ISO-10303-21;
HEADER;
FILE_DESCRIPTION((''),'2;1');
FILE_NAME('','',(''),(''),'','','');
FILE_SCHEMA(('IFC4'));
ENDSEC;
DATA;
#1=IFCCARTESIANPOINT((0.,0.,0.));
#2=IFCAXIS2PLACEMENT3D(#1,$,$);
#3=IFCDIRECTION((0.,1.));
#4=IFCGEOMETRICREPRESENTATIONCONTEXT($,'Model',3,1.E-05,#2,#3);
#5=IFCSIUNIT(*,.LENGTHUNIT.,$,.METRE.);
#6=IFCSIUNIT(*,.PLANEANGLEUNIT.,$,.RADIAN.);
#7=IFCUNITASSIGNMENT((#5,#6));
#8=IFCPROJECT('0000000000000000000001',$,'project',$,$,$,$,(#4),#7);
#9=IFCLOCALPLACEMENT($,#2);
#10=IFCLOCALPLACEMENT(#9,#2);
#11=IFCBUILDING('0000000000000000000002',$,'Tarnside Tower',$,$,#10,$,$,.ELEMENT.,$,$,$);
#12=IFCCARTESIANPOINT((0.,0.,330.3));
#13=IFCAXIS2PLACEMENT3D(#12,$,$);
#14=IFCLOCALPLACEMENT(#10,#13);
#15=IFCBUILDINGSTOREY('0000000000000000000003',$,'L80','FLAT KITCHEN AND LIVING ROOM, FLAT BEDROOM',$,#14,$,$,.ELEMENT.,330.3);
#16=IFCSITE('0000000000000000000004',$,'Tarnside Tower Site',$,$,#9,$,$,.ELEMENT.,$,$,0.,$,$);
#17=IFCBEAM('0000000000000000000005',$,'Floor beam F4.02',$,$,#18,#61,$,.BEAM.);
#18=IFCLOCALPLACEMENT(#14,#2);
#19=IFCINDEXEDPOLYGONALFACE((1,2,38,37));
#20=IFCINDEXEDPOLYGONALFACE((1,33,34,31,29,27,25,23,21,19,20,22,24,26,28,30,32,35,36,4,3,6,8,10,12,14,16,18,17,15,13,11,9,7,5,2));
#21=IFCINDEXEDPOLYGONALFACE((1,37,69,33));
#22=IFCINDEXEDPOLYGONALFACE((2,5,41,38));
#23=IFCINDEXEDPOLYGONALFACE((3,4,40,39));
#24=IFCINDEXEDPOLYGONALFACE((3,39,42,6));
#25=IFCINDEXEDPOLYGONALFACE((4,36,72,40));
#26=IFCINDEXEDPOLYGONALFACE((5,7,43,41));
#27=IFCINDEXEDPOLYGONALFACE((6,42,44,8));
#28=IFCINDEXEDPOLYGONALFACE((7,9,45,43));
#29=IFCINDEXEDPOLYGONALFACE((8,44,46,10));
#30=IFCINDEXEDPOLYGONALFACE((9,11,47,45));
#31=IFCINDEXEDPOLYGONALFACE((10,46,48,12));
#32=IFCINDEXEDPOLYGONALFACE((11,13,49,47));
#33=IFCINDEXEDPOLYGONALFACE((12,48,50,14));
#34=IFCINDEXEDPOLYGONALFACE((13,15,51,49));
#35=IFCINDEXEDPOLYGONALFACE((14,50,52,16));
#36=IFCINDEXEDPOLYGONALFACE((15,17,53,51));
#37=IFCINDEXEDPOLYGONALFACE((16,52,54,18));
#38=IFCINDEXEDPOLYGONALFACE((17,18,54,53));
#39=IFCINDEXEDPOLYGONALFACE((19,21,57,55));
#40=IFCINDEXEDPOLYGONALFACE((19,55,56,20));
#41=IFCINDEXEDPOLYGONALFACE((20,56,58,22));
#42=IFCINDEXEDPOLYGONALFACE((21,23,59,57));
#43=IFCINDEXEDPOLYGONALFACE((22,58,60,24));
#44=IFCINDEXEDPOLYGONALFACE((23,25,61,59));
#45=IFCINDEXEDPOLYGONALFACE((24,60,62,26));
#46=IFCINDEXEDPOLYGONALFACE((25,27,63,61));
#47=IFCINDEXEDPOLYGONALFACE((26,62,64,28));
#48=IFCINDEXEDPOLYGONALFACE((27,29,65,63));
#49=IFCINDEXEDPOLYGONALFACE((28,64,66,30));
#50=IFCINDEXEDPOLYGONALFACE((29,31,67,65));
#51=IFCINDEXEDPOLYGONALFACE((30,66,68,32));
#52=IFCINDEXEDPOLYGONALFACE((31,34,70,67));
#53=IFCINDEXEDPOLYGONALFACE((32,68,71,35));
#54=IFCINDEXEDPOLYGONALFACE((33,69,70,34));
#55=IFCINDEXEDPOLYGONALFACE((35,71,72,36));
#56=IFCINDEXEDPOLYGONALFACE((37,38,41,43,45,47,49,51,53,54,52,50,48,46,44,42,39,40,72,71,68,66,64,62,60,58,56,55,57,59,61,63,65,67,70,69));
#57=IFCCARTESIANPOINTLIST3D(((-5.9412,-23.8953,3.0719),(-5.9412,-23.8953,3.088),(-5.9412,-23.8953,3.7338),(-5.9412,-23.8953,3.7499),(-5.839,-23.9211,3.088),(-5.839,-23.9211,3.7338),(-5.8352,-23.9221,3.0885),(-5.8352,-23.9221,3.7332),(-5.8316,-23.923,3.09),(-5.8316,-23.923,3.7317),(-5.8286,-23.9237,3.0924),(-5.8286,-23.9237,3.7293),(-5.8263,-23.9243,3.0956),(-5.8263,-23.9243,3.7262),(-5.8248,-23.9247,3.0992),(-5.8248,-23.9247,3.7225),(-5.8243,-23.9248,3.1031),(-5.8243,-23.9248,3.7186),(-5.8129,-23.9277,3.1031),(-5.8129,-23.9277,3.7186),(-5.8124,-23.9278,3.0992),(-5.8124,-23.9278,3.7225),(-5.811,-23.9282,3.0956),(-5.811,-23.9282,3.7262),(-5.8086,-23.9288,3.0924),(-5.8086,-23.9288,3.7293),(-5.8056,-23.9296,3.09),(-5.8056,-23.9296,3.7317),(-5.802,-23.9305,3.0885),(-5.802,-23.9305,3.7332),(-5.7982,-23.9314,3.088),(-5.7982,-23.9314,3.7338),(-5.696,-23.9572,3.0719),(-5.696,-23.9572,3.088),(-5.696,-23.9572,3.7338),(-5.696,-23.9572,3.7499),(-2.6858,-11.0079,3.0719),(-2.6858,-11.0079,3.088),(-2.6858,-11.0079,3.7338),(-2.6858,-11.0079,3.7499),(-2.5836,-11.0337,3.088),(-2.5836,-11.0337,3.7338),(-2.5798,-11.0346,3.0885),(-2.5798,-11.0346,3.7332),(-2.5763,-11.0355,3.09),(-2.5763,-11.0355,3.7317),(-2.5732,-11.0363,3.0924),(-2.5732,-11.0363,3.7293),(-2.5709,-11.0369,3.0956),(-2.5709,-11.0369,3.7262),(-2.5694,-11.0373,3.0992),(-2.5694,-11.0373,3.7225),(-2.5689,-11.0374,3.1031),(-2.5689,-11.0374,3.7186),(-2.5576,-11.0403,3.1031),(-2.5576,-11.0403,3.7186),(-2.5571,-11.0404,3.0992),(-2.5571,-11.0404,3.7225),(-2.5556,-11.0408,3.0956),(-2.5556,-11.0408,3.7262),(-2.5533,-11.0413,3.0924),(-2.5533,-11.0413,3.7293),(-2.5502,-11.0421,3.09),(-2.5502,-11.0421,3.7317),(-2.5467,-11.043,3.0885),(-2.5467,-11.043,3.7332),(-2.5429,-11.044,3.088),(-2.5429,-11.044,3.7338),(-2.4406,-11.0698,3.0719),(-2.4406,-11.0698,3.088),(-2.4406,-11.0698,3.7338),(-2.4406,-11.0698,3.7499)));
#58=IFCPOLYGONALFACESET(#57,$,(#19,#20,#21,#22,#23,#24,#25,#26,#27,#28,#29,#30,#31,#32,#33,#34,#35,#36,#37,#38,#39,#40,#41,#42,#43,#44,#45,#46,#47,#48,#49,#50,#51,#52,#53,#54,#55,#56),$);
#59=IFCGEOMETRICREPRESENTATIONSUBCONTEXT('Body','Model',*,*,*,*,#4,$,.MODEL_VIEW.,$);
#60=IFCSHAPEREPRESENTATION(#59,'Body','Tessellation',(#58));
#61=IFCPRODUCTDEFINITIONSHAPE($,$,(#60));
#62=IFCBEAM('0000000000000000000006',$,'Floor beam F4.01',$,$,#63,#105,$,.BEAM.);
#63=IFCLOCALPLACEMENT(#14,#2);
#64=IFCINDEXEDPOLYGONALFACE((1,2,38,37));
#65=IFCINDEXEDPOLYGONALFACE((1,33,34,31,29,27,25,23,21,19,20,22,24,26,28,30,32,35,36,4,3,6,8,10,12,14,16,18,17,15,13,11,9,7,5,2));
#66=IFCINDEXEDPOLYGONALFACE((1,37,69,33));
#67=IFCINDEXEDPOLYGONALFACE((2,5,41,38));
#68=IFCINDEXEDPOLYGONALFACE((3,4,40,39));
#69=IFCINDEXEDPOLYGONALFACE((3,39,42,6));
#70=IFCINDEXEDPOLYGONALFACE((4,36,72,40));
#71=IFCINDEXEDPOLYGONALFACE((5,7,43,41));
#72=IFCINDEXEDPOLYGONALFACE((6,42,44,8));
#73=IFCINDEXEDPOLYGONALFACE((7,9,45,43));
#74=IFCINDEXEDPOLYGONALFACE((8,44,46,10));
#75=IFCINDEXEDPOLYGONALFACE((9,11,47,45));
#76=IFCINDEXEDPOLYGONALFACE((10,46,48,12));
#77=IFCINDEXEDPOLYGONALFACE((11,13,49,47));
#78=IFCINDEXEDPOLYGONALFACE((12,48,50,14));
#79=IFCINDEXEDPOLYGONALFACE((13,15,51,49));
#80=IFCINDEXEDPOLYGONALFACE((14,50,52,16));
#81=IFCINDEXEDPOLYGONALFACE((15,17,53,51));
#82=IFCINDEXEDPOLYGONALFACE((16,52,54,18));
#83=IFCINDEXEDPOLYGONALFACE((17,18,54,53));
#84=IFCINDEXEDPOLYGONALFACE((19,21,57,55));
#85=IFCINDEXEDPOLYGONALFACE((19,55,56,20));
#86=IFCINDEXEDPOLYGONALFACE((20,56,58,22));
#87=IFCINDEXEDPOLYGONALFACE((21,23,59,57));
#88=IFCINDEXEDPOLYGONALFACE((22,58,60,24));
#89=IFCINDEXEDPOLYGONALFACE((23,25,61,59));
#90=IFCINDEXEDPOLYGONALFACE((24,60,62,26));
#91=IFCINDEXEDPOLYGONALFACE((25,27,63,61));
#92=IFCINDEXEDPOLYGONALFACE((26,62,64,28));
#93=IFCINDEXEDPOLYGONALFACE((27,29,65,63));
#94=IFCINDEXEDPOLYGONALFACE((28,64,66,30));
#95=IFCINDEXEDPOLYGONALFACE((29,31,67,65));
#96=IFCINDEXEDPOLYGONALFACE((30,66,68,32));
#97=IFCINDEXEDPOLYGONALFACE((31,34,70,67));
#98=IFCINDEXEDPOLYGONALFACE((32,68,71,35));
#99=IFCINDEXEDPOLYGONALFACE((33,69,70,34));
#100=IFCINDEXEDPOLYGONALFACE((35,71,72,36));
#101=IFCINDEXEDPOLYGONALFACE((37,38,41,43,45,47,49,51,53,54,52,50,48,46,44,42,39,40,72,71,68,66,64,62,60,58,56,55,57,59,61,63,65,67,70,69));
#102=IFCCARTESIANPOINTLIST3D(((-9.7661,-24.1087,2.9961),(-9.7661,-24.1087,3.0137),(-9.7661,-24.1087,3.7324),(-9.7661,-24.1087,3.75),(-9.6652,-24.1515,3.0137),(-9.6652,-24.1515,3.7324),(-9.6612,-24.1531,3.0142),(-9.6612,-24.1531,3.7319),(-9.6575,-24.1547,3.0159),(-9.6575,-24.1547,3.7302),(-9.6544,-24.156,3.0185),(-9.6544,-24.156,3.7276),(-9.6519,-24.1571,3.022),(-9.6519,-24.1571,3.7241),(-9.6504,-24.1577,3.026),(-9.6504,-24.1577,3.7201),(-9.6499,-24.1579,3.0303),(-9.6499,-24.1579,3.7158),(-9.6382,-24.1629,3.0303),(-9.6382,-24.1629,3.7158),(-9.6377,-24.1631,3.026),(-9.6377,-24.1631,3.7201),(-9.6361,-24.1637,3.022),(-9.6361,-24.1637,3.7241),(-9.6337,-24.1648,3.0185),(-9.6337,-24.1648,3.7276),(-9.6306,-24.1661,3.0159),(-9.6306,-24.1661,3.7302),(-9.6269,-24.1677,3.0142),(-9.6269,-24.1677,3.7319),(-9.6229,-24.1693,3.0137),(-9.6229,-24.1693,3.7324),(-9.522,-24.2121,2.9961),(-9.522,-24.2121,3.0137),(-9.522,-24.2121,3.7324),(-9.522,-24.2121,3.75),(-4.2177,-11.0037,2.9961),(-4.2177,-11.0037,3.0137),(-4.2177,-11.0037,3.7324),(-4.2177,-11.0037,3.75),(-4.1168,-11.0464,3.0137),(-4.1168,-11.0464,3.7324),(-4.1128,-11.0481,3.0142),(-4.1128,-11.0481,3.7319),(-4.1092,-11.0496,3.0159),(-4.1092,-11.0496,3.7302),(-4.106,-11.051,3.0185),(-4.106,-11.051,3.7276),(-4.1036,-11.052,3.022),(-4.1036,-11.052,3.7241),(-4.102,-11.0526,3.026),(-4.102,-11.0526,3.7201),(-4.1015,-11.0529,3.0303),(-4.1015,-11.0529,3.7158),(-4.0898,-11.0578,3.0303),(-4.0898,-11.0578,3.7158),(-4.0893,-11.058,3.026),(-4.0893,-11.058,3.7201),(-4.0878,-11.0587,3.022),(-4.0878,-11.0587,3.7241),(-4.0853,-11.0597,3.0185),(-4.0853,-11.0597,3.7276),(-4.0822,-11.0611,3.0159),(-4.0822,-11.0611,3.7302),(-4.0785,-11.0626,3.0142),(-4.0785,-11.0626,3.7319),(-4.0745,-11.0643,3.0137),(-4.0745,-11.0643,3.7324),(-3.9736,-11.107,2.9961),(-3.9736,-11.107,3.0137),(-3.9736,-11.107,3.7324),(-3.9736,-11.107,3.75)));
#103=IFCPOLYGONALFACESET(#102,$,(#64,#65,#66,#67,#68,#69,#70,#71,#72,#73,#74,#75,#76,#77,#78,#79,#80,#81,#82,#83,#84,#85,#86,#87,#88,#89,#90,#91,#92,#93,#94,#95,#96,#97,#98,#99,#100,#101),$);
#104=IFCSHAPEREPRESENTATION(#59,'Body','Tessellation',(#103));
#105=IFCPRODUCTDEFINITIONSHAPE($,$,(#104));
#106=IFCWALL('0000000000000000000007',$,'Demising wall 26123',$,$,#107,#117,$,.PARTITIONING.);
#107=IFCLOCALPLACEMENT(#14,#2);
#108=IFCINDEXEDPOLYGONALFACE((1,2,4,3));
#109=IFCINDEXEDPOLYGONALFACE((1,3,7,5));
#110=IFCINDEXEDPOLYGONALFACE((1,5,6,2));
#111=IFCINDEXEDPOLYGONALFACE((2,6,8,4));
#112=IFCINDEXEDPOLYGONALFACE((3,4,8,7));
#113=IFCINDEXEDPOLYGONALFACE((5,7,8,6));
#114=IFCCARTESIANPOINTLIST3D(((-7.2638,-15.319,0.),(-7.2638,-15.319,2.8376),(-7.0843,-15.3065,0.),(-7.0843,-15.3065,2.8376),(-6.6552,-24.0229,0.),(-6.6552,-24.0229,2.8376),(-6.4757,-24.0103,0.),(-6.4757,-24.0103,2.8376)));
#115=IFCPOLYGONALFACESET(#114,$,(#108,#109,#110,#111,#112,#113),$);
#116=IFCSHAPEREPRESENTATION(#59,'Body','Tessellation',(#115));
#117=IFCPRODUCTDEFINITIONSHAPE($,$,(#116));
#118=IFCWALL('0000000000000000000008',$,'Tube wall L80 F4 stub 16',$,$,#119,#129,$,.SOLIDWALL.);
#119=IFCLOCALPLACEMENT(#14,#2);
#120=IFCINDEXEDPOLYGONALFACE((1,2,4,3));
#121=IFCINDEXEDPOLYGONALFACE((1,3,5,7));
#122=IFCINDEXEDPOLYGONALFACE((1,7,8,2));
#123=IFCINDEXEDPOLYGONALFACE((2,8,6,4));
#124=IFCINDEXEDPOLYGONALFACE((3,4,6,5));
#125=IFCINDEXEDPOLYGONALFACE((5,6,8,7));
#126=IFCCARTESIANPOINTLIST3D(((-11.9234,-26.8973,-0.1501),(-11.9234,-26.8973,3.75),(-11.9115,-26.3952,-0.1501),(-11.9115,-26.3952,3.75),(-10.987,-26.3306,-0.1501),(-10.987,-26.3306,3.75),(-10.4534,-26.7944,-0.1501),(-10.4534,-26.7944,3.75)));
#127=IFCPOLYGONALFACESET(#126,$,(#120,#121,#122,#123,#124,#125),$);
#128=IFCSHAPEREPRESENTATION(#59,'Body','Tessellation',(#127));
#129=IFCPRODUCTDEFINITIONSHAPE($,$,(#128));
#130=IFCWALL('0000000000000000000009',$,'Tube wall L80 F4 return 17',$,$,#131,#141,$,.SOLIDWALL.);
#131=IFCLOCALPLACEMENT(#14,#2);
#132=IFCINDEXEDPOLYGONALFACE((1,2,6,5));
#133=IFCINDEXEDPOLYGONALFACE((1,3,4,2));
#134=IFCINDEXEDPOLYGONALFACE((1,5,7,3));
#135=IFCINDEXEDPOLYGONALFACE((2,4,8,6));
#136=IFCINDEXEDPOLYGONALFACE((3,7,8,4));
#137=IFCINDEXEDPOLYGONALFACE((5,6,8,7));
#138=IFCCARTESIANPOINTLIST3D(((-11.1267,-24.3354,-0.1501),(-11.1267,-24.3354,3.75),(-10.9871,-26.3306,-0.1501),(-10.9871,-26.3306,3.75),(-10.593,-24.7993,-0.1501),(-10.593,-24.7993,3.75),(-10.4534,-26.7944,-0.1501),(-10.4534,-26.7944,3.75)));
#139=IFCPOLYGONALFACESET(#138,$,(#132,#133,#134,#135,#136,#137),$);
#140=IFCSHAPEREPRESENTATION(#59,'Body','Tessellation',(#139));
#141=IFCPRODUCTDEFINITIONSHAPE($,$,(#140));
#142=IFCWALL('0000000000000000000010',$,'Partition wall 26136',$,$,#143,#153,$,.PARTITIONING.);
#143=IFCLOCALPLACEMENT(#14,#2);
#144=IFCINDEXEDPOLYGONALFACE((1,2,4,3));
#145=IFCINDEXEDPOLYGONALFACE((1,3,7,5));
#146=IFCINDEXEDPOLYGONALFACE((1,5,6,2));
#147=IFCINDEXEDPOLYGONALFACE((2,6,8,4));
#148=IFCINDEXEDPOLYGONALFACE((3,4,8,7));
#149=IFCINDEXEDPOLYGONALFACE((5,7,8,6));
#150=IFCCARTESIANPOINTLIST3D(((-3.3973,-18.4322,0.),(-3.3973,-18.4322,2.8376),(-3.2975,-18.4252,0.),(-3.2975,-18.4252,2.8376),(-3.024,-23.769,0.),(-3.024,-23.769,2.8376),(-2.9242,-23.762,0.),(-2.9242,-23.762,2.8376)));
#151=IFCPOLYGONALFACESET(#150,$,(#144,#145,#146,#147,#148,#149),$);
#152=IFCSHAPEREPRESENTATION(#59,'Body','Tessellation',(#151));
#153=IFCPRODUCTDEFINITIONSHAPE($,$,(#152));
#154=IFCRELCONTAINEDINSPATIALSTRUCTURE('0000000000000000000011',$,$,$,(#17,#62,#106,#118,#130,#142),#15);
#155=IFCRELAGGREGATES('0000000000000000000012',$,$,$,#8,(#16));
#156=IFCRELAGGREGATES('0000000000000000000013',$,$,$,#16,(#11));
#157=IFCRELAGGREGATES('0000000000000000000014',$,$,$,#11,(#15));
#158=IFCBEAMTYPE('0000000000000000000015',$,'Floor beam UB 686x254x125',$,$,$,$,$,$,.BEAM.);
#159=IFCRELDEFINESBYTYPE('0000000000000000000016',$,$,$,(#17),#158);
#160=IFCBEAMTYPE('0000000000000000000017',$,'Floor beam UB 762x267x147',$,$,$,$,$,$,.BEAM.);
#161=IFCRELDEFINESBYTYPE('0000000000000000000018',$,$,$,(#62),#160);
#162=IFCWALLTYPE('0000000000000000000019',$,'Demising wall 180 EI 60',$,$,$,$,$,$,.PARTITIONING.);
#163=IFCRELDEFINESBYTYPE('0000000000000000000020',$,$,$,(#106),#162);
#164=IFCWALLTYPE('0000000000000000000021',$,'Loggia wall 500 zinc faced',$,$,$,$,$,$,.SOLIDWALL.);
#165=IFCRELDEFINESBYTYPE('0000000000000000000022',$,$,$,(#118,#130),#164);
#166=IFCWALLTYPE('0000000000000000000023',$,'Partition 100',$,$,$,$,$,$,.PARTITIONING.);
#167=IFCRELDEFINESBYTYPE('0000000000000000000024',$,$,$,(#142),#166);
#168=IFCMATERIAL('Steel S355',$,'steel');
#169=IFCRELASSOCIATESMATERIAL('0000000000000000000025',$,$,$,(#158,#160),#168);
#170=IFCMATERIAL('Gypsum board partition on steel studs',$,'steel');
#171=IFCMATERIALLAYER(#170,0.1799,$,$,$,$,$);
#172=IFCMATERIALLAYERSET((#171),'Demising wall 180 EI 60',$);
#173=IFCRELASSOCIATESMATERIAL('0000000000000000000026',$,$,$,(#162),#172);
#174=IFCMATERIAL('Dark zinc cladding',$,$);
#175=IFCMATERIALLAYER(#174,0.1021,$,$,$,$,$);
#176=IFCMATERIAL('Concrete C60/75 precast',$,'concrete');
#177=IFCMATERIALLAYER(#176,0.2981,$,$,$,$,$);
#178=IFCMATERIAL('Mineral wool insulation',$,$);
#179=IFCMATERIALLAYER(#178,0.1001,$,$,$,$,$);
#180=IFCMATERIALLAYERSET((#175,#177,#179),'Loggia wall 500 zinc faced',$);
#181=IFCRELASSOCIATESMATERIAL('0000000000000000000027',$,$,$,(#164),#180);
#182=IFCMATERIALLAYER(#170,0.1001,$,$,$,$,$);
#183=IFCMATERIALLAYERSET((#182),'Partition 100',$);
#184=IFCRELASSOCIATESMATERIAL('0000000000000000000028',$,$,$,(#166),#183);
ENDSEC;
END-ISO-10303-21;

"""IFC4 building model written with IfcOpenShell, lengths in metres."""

from ifc_helpers import new_model, si_unit, direction, frame, frame_2d, origin, origin_2d, place, context, subcontext, project, spatial, polyline, rectangle, i_section, outline, extrude, material, layer, layer_set, material_profile, profile_set, type_object, element, save


model = new_model("IFC4")

# Units and contexts
model_context = context("Model", 3, precision=1e-05, world=origin(), true_north=direction((0.0, 1.0)))
body_context = subcontext(model_context, "Body", "Model", "MODEL_VIEW")
ifc_project = project(units=[si_unit("LENGTHUNIT", "METRE"), si_unit("PLANEANGLEUNIT", "RADIAN")], contexts=[model_context])

# Site, building, storey
site_placement = place(None, origin())
site = spatial("IfcSite", under=ifc_project, at=site_placement, Name="Tarnside Tower Site", CompositionType="ELEMENT", RefElevation=0.0)
building_placement = place(site_placement, origin())
building = spatial("IfcBuilding", under=site, at=building_placement, Name="Tarnside Tower", CompositionType="ELEMENT")
storey_placement = place(building_placement, frame((0.0, 0.0, 330.3)))
storey = spatial("IfcBuildingStorey", under=building, at=storey_placement, Name="L80", Description="FLAT KITCHEN AND LIVING ROOM, FLAT BEDROOM", CompositionType="ELEMENT", Elevation=330.3)

# Beams
ifc_material_1 = material(Name="Steel S355", Category="steel")
ifc_material_profile_1 = material_profile(ifc_material_1, i_section(OverallWidth=0.2529, OverallDepth=0.678, WebThickness=0.0117, FlangeThickness=0.0161, FilletRadius=0.0151, at=origin_2d()), Name="UB 686x254x125")
ifc_profile_set_1 = profile_set([ifc_material_profile_1], Name="Steel S355")
beam_type_1 = type_object("IfcBeamType", Name="Floor beam UB 686x254x125", PredefinedType="BEAM", material=ifc_profile_set_1)
beam_1_placement = place(storey_placement, frame((-5.8186, -23.9263, 3.4109), z_axis=(0.244908, 0.969546, 0.0), x_axis=(-0.969546, 0.244908, 0.0)))
element("IfcBeam", 1, at=beam_1_placement, inside=storey, type_object=beam_type_1, Name="Floor beam F4.02", PredefinedType="BEAM", context=body_context, shape_type="SweptSolid", body=[
    extrude(i_section(OverallWidth=0.2529, OverallDepth=0.678, WebThickness=0.0117, FlangeThickness=0.0161, FilletRadius=0.0151, at=origin_2d()), origin(), (0.0, 0.0, 1.0), 13.2922),
])
ifc_material_profile_2 = material_profile(ifc_material_1, i_section(OverallWidth=0.2651, OverallDepth=0.7539, WebThickness=0.0127, FlangeThickness=0.0176, FilletRadius=0.0166, at=origin_2d()), Name="UB 762x267x147")
ifc_profile_set_2 = profile_set([ifc_material_profile_2], Name="Steel S355")
beam_type_2 = type_object("IfcBeamType", Name="Floor beam UB 762x267x147", PredefinedType="BEAM", material=ifc_profile_set_2)
beam_2_placement = place(storey_placement, frame((-9.644, -24.1604, 3.373), z_axis=(0.389874, 0.920868, 0.0), x_axis=(-0.920868, 0.389874, 0.0)))
element("IfcBeam", 2, at=beam_2_placement, inside=storey, type_object=beam_type_2, Name="Floor beam F4.01", PredefinedType="BEAM", context=body_context, shape_type="SweptSolid", body=[
    extrude(i_section(OverallWidth=0.2651, OverallDepth=0.7539, WebThickness=0.0127, FlangeThickness=0.0176, FilletRadius=0.0166, at=origin_2d()), origin(), (0.0, 0.0, 1.0), 14.2312),
])

# Walls
ifc_material_2 = material(Name="Gypsum board partition on steel studs", Category="steel")
ifc_layer_1 = layer(ifc_material_2, 0.1799)
ifc_layer_set_1 = layer_set([ifc_layer_1], Name="Demising wall 180 EI 60")
wall_type_1 = type_object("IfcWallType", Name="Demising wall 180 EI 60", PredefinedType="PARTITIONING", material=ifc_layer_set_1)
wall_1_placement = place(storey_placement, frame((-6.5654, -24.0166, 0.0), z_axis=(0.0, 0.0, 1.0), x_axis=(-0.069758, 0.997564, 0.0)))
element("IfcWall", 3, at=wall_1_placement, inside=storey, type_object=wall_type_1, Name="Demising wall 26123", PredefinedType="PARTITIONING", context=body_context, shape_type="SweptSolid", body=[
    extrude(rectangle(XDim=8.7251, YDim=0.1799, at=frame_2d((4.3625, 0.0))), origin(), (0.0, 0.0, 1.0), 2.8376),
])
ifc_material_3 = material(Name="Dark zinc cladding")
ifc_layer_2 = layer(ifc_material_3, 0.1021)
ifc_material_4 = material(Name="Concrete C60/75 precast", Category="concrete")
ifc_layer_3 = layer(ifc_material_4, 0.2981)
ifc_material_5 = material(Name="Mineral wool insulation")
ifc_layer_4 = layer(ifc_material_5, 0.1001)
ifc_layer_set_2 = layer_set([ifc_layer_2, ifc_layer_3, ifc_layer_4], Name="Loggia wall 500 zinc faced")
wall_type_2 = type_object("IfcWallType", Name="Loggia wall 500 zinc faced", PredefinedType="SOLIDWALL", material=ifc_layer_set_2)
wall_2_placement = place(storey_placement, frame((-11.9175, -26.6462, -0.1501), z_axis=(0.0, 0.0, 1.0), x_axis=(0.997563, 0.069772, 0.0)))
element("IfcWall", 4, at=wall_2_placement, inside=storey, type_object=wall_type_2, Name="Tube wall L80 F4 stub 16", PredefinedType="SOLIDWALL", context=body_context, shape_type="SweptSolid", body=[
    extrude(outline(polyline([(-0.0234, -0.25), (1.4502, -0.25), (0.9502, 0.25), (0.0234, 0.25), (-0.0234, -0.25)])), origin(), (0.0, 0.0, 1.0), 3.9001),
])
wall_3_placement = place(storey_placement, frame((-10.7202, -26.5625, -0.1501), z_axis=(0.0, 0.0, 1.0), x_axis=(-0.069824, 0.997559, 0.0)))
element("IfcWall", 5, at=wall_3_placement, inside=storey, type_object=wall_type_2, Name="Tube wall L80 F4 return 17", PredefinedType="SOLIDWALL", context=body_context, shape_type="SweptSolid", body=[
    extrude(outline(polyline([(-0.25, -0.25), (1.75, -0.25), (2.25, 0.25), (0.25, 0.25), (-0.25, -0.25)])), origin(), (0.0, 0.0, 1.0), 3.9001),
])

# Wall
ifc_layer_5 = layer(ifc_material_2, 0.1001)
ifc_layer_set_3 = layer_set([ifc_layer_5], Name="Partition 100")
wall_type_3 = type_object("IfcWallType", Name="Partition 100", PredefinedType="PARTITIONING", material=ifc_layer_set_3)
wall_4_placement = place(storey_placement, frame((-2.9741, -23.7654, 0.0), z_axis=(0.0, 0.0, 1.0), x_axis=(-0.069775, 0.997563, 0.0)))
element("IfcWall", 6, at=wall_4_placement, inside=storey, type_object=wall_type_3, Name="Partition wall 26136", PredefinedType="PARTITIONING", context=body_context, shape_type="SweptSolid", body=[
    extrude(rectangle(XDim=5.3499, YDim=0.1001, at=frame_2d((2.6748, 0.0))), origin(), (0.0, 0.0, 1.0), 2.8376),
])

save(model, "model.ifc")
